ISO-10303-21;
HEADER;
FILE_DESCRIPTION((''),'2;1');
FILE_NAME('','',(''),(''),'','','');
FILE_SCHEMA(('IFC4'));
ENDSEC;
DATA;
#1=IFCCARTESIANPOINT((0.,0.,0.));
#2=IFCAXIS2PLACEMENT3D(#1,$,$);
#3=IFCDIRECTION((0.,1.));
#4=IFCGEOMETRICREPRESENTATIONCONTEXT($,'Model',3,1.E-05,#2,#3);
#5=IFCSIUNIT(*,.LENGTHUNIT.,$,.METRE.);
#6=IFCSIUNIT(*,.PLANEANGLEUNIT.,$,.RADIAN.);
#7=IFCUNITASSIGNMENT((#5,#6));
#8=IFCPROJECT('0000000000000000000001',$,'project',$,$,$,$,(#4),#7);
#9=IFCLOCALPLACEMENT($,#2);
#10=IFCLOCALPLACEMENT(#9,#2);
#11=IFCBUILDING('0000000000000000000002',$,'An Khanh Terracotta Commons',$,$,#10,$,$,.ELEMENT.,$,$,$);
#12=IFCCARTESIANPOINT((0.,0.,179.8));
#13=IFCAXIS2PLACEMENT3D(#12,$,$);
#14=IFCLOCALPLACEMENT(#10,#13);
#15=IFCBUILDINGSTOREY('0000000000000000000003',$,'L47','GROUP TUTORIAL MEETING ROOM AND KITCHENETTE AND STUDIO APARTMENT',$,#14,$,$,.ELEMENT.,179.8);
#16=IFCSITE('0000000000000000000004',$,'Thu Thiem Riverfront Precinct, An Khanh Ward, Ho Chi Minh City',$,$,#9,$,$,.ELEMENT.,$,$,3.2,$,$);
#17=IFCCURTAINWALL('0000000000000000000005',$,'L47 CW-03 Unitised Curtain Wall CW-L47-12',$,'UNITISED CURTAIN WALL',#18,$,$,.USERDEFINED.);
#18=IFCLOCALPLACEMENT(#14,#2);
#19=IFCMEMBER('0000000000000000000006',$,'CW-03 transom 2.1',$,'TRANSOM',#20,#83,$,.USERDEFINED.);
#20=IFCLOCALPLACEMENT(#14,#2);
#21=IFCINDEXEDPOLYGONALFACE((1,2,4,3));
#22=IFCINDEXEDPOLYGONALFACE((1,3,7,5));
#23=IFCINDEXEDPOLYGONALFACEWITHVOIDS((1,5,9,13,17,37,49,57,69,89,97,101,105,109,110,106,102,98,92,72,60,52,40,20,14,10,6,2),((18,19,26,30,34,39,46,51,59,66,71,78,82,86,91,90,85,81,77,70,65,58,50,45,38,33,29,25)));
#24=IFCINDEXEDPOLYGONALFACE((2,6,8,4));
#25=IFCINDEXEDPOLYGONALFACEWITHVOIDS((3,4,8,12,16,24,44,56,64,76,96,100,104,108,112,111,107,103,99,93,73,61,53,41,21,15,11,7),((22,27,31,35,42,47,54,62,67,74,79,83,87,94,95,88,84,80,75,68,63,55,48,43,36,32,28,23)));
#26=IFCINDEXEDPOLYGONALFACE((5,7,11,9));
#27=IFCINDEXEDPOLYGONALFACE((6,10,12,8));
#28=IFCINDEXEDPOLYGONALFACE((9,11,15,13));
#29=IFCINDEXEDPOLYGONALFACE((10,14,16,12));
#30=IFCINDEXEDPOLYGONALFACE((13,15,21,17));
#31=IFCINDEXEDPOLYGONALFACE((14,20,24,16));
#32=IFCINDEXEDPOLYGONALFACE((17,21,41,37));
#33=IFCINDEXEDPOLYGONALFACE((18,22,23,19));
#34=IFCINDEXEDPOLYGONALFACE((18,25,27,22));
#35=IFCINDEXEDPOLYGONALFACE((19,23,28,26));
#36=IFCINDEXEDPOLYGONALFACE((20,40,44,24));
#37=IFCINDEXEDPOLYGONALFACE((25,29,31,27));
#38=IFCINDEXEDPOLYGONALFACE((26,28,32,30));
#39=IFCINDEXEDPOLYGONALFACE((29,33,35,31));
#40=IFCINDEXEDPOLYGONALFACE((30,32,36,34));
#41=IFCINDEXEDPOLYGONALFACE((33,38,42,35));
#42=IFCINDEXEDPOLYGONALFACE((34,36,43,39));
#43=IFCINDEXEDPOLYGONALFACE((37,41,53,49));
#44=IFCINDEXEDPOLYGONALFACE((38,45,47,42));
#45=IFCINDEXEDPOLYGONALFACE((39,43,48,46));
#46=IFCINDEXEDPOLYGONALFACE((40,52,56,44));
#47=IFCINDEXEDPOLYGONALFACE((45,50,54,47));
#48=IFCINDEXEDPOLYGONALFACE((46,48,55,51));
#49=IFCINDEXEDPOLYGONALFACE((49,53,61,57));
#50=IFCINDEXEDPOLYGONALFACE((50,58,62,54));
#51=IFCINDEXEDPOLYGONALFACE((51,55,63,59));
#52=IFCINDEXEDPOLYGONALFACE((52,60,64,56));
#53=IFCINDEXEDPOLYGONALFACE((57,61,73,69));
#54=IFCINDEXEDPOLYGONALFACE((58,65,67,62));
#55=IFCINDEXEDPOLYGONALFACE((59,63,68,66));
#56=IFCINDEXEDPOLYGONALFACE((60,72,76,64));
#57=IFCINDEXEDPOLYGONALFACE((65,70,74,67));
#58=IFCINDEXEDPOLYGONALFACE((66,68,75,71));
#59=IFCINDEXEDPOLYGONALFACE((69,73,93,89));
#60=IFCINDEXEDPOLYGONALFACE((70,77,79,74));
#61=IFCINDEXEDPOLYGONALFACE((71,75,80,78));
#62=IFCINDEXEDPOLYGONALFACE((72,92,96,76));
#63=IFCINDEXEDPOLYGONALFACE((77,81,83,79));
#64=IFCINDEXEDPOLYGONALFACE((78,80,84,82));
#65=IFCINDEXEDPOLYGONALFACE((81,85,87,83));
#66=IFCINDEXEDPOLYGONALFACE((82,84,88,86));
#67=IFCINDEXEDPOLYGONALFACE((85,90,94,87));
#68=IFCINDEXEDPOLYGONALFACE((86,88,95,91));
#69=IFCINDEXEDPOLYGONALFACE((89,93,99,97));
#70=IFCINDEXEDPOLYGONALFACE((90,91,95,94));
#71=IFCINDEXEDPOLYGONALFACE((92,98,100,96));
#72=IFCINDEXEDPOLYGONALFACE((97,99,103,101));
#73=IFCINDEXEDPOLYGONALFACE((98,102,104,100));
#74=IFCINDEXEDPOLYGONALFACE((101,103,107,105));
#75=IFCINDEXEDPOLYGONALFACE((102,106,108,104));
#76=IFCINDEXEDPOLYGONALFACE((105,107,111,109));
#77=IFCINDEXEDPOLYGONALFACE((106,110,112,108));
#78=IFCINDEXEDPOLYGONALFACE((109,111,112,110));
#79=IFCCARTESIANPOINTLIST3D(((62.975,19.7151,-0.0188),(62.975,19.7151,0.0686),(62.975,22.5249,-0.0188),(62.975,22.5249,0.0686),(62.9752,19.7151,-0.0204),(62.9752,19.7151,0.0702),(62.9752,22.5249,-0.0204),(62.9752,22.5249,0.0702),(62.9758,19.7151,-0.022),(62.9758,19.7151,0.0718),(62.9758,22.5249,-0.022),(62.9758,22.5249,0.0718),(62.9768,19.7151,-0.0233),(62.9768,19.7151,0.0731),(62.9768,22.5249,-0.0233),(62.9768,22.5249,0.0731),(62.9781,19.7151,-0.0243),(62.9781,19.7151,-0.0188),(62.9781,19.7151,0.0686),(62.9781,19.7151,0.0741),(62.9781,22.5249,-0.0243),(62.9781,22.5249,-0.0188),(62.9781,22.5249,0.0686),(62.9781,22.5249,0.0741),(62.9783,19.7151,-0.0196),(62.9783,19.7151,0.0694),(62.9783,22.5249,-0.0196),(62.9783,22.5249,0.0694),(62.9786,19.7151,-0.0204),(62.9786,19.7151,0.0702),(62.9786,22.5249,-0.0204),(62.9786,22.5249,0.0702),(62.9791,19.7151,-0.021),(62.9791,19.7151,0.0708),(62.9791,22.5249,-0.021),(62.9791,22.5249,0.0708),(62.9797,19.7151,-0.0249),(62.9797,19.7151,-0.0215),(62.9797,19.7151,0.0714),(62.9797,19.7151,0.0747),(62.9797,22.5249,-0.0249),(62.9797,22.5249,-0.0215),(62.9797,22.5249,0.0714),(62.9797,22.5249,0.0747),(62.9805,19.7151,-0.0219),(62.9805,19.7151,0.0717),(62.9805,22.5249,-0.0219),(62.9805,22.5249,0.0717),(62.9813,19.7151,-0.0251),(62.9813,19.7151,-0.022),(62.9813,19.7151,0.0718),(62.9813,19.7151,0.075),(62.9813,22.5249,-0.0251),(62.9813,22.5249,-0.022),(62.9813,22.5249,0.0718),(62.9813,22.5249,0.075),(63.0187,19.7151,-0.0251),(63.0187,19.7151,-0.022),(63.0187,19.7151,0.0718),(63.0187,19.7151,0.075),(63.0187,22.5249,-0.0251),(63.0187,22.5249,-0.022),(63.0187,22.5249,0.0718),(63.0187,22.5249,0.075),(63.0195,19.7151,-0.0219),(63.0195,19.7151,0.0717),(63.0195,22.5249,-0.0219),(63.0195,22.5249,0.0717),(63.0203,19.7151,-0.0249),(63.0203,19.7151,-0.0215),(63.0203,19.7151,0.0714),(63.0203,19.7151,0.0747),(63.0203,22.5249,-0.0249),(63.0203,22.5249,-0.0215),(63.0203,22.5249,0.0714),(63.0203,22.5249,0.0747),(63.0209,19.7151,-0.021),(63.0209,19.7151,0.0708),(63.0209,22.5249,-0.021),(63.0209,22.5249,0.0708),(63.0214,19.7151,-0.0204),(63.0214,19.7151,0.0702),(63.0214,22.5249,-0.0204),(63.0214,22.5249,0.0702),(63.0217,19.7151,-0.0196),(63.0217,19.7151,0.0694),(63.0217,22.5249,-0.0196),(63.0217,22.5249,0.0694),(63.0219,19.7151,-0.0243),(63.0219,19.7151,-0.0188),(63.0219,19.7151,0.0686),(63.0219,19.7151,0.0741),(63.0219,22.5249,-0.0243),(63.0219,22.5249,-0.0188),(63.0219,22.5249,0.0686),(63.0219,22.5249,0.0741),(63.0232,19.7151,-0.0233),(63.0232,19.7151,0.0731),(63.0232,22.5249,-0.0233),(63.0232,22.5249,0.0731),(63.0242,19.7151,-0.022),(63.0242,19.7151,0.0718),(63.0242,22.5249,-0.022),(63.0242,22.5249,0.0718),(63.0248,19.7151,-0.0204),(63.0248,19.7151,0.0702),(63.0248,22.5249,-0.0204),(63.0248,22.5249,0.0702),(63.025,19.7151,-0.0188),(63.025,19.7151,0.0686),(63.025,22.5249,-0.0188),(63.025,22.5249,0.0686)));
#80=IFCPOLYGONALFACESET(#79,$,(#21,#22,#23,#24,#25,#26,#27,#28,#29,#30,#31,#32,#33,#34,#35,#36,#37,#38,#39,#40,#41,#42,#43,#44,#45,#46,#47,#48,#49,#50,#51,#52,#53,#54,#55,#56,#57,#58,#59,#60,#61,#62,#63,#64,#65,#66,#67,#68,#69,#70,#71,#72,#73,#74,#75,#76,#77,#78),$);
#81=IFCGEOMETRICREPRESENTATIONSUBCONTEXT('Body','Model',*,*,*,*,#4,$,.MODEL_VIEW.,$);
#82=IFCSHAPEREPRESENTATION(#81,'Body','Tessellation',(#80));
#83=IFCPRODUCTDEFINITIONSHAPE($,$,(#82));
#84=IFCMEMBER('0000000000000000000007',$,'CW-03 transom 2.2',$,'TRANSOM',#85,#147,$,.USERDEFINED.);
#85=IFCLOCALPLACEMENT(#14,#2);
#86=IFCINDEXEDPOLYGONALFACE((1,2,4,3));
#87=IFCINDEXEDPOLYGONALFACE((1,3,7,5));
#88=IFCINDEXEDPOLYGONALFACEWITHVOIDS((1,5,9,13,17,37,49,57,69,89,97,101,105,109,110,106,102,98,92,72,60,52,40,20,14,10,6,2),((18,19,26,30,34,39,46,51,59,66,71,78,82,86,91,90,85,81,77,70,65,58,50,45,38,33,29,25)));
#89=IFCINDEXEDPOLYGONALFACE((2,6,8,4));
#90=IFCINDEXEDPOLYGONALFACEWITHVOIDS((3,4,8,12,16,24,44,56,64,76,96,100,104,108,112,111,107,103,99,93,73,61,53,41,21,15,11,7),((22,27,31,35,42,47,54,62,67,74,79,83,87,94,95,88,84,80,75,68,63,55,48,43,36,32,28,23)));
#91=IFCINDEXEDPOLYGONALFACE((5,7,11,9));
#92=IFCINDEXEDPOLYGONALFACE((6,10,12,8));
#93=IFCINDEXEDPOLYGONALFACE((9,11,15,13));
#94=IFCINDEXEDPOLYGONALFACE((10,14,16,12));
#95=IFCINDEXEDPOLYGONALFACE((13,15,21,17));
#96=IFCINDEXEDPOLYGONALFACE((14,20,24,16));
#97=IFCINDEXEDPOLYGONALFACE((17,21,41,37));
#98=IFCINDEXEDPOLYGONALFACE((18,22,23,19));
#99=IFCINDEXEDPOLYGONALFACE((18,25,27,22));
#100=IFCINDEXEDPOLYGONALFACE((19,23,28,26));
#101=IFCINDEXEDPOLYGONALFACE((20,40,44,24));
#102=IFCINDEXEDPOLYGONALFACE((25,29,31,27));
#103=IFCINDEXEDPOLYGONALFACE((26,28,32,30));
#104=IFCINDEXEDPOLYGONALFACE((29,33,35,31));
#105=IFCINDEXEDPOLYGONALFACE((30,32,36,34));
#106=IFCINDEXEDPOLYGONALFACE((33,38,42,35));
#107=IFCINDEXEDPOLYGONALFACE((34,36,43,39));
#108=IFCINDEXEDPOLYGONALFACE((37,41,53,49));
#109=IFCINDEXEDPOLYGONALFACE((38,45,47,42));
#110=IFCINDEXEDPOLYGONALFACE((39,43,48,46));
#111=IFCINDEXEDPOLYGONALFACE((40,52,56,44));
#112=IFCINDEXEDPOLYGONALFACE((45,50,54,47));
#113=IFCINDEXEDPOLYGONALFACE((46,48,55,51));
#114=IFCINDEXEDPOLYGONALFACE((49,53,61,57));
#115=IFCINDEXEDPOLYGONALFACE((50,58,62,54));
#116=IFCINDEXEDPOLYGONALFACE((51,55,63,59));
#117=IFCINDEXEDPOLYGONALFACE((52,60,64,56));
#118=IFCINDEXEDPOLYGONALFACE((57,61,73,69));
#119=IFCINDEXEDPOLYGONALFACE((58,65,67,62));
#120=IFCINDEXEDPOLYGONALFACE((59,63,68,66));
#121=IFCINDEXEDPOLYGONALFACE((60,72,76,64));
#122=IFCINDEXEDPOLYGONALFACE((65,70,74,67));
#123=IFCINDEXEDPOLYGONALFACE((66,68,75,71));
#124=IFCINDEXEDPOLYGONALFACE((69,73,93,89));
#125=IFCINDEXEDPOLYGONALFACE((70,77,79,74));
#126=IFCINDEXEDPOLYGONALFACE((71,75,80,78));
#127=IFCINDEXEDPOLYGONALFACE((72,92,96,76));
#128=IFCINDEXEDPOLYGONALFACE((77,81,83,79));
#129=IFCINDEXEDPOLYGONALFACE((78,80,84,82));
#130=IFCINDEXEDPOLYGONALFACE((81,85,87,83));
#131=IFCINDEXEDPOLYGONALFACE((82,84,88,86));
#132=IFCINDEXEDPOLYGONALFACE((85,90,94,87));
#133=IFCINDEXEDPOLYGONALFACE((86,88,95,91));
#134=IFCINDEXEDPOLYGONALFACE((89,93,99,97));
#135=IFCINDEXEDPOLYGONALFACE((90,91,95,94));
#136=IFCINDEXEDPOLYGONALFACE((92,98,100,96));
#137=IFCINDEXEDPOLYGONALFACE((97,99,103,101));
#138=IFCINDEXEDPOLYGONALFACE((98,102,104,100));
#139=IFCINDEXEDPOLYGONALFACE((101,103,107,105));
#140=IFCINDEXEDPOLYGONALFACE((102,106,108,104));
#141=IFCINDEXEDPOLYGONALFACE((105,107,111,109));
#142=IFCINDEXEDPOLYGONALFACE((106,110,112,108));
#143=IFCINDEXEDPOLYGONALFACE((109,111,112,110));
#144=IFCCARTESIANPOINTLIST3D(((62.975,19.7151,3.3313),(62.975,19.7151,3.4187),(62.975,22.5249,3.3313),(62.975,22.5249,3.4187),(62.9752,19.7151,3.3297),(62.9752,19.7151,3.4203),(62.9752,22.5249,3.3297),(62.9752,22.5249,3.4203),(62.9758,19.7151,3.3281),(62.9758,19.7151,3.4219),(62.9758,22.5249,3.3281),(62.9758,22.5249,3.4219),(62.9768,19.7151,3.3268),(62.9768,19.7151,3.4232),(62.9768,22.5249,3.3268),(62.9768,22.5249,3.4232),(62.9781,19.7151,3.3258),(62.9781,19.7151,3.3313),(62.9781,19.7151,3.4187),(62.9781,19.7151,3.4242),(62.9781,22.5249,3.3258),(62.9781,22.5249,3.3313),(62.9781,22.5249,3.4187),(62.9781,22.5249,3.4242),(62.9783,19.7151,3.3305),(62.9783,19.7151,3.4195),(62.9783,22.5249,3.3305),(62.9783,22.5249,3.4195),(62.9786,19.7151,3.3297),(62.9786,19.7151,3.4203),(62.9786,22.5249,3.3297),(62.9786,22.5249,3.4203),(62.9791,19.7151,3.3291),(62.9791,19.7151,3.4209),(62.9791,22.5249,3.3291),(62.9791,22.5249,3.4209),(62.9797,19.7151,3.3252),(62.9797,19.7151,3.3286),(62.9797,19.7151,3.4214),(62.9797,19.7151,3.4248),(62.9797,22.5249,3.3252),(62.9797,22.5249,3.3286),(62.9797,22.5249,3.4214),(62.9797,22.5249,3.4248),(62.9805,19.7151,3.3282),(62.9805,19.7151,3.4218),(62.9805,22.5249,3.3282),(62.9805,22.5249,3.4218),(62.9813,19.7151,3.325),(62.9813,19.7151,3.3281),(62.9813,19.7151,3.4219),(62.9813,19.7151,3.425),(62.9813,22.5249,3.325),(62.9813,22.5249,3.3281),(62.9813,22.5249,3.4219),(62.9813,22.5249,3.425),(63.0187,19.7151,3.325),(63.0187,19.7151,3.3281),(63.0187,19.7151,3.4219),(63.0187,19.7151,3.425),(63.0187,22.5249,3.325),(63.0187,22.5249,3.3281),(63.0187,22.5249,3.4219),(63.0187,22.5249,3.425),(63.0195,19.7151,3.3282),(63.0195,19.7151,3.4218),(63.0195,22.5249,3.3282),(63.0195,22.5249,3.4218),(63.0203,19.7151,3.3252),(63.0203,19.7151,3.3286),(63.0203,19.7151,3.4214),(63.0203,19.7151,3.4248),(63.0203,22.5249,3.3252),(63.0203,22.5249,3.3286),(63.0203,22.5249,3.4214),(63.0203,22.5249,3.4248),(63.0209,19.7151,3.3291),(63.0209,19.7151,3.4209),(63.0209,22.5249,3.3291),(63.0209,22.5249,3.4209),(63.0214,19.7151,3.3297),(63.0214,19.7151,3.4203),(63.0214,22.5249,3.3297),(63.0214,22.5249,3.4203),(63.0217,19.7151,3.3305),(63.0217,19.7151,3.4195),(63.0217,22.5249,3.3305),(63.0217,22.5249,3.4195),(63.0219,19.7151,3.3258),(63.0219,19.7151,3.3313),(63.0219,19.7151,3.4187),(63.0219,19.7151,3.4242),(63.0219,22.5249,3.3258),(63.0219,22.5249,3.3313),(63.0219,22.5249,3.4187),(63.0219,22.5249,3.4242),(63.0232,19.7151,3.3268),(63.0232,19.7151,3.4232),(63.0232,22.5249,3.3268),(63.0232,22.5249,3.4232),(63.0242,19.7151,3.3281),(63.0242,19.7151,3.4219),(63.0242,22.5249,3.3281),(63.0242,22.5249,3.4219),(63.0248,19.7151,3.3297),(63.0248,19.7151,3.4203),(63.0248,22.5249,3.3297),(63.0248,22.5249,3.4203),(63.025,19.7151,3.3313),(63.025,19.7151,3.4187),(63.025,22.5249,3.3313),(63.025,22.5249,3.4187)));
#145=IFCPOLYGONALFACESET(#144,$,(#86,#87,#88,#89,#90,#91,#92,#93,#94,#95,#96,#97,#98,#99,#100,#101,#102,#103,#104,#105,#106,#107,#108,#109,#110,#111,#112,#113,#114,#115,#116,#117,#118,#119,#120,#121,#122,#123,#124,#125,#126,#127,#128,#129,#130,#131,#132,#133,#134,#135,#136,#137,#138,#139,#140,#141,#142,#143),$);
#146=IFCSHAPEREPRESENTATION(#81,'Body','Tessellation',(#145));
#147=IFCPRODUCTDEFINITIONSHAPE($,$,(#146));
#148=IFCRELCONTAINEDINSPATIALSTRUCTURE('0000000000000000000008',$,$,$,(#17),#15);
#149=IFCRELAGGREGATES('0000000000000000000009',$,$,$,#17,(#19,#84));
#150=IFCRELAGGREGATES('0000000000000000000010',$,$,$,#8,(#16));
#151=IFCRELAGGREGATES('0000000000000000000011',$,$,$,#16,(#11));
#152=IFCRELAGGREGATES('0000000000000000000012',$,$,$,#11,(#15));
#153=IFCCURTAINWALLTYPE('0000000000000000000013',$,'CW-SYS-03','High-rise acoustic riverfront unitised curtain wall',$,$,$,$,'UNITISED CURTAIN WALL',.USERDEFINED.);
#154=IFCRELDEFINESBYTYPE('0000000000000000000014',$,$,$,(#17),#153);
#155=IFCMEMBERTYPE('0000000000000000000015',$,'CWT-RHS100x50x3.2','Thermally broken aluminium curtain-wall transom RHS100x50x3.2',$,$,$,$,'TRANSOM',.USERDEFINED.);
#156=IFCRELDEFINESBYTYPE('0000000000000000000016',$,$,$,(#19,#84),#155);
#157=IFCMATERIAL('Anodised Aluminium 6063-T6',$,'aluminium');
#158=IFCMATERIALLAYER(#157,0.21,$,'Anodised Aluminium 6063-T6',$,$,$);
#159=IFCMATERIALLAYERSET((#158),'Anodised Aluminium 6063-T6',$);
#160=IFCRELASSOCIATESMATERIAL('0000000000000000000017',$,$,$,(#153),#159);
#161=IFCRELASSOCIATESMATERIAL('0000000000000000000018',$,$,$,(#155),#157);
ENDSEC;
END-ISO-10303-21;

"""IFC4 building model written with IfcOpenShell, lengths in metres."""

from ifc_helpers import new_model, si_unit, direction, frame, origin, origin_2d, place, context, subcontext, project, spatial, hollow_rectangle, extrude, material, layer, layer_set, material_profile, profile_set, type_object, element, aggregate, save


model = new_model("IFC4")

# Units and contexts
model_context = context("Model", 3, precision=1e-05, world=origin(), true_north=direction((0.0, 1.0)))
body_context = subcontext(model_context, "Body", "Model", "MODEL_VIEW")
ifc_project = project(units=[si_unit("LENGTHUNIT", "METRE"), si_unit("PLANEANGLEUNIT", "RADIAN")], contexts=[model_context])

# Site, building, storey
site_placement = place(None, origin())
site = spatial("IfcSite", under=ifc_project, at=site_placement, Name="Thu Thiem Riverfront Precinct, An Khanh Ward, Ho Chi Minh City", CompositionType="ELEMENT", RefElevation=3.2)
building_placement = place(site_placement, origin())
building = spatial("IfcBuilding", under=site, at=building_placement, Name="An Khanh Terracotta Commons", CompositionType="ELEMENT")
storey_placement = place(building_placement, frame((0.0, 0.0, 179.8)))
storey = spatial("IfcBuildingStorey", under=building, at=storey_placement, Name="L47", Description="GROUP TUTORIAL MEETING ROOM AND KITCHENETTE AND STUDIO APARTMENT", CompositionType="ELEMENT", Elevation=179.8)

# Curtain wall
ifc_material_1 = material(Name="Anodised Aluminium 6063-T6", Category="aluminium")
ifc_layer_1 = layer(ifc_material_1, 0.21, Name="Anodised Aluminium 6063-T6")
ifc_layer_set_1 = layer_set([ifc_layer_1], Name="Anodised Aluminium 6063-T6")
curtain_wall_type = type_object("IfcCurtainWallType", Name="CW-SYS-03", Description="High-rise acoustic riverfront unitised curtain wall", ElementType="UNITISED CURTAIN WALL", PredefinedType="USERDEFINED", material=ifc_layer_set_1)
curtain_wall_1_placement = place(storey_placement, origin())
curtain_wall_1 = element("IfcCurtainWall", 1, at=curtain_wall_1_placement, inside=storey, type_object=curtain_wall_type, Name="L47 CW-03 Unitised Curtain Wall CW-L47-12", ObjectType="UNITISED CURTAIN WALL", PredefinedType="USERDEFINED")

# Members
ifc_material_profile_1 = material_profile(ifc_material_1, hollow_rectangle(XDim=0.05, YDim=0.1001, WallThickness=0.0032, InnerFilletRadius=0.0032, OuterFilletRadius=0.0063, at=origin_2d()), Name="RHS100x50x3.2")
ifc_profile_set_1 = profile_set([ifc_material_profile_1], Name="Anodised Aluminium 6063-T6")
member_type_1 = type_object("IfcMemberType", Name="CWT-RHS100x50x3.2", Description="Thermally broken aluminium curtain-wall transom RHS100x50x3.2", ElementType="TRANSOM", PredefinedType="USERDEFINED", material=ifc_profile_set_1)
member_1_placement = place(storey_placement, frame((63.0, 19.7151, 0.0249), z_axis=(0.0, 1.0, 0.0), x_axis=(-1.0, 0.0, 0.0)))
member_1 = element("IfcMember", 2, at=member_1_placement, type_object=member_type_1, Name="CW-03 transom 2.1", ObjectType="TRANSOM", PredefinedType="USERDEFINED", context=body_context, shape_type="SweptSolid", body=[
    extrude(hollow_rectangle(XDim=0.05, YDim=0.1001, WallThickness=0.0032, InnerFilletRadius=0.0032, OuterFilletRadius=0.0063, at=origin_2d()), origin(), (0.0, 0.0, 1.0), 2.8098),
])
member_2_placement = place(storey_placement, frame((63.0, 19.7151, 3.375), z_axis=(0.0, 1.0, 0.0), x_axis=(-1.0, 0.0, 0.0)))
member_2 = element("IfcMember", 3, at=member_2_placement, type_object=member_type_1, Name="CW-03 transom 2.2", ObjectType="TRANSOM", PredefinedType="USERDEFINED", context=body_context, shape_type="SweptSolid", body=[
    extrude(hollow_rectangle(XDim=0.05, YDim=0.1001, WallThickness=0.0032, InnerFilletRadius=0.0032, OuterFilletRadius=0.0063, at=origin_2d()), origin(), (0.0, 0.0, 1.0), 2.8098),
])

aggregate(curtain_wall_1, [member_1, member_2])

save(model, "model.ifc")
